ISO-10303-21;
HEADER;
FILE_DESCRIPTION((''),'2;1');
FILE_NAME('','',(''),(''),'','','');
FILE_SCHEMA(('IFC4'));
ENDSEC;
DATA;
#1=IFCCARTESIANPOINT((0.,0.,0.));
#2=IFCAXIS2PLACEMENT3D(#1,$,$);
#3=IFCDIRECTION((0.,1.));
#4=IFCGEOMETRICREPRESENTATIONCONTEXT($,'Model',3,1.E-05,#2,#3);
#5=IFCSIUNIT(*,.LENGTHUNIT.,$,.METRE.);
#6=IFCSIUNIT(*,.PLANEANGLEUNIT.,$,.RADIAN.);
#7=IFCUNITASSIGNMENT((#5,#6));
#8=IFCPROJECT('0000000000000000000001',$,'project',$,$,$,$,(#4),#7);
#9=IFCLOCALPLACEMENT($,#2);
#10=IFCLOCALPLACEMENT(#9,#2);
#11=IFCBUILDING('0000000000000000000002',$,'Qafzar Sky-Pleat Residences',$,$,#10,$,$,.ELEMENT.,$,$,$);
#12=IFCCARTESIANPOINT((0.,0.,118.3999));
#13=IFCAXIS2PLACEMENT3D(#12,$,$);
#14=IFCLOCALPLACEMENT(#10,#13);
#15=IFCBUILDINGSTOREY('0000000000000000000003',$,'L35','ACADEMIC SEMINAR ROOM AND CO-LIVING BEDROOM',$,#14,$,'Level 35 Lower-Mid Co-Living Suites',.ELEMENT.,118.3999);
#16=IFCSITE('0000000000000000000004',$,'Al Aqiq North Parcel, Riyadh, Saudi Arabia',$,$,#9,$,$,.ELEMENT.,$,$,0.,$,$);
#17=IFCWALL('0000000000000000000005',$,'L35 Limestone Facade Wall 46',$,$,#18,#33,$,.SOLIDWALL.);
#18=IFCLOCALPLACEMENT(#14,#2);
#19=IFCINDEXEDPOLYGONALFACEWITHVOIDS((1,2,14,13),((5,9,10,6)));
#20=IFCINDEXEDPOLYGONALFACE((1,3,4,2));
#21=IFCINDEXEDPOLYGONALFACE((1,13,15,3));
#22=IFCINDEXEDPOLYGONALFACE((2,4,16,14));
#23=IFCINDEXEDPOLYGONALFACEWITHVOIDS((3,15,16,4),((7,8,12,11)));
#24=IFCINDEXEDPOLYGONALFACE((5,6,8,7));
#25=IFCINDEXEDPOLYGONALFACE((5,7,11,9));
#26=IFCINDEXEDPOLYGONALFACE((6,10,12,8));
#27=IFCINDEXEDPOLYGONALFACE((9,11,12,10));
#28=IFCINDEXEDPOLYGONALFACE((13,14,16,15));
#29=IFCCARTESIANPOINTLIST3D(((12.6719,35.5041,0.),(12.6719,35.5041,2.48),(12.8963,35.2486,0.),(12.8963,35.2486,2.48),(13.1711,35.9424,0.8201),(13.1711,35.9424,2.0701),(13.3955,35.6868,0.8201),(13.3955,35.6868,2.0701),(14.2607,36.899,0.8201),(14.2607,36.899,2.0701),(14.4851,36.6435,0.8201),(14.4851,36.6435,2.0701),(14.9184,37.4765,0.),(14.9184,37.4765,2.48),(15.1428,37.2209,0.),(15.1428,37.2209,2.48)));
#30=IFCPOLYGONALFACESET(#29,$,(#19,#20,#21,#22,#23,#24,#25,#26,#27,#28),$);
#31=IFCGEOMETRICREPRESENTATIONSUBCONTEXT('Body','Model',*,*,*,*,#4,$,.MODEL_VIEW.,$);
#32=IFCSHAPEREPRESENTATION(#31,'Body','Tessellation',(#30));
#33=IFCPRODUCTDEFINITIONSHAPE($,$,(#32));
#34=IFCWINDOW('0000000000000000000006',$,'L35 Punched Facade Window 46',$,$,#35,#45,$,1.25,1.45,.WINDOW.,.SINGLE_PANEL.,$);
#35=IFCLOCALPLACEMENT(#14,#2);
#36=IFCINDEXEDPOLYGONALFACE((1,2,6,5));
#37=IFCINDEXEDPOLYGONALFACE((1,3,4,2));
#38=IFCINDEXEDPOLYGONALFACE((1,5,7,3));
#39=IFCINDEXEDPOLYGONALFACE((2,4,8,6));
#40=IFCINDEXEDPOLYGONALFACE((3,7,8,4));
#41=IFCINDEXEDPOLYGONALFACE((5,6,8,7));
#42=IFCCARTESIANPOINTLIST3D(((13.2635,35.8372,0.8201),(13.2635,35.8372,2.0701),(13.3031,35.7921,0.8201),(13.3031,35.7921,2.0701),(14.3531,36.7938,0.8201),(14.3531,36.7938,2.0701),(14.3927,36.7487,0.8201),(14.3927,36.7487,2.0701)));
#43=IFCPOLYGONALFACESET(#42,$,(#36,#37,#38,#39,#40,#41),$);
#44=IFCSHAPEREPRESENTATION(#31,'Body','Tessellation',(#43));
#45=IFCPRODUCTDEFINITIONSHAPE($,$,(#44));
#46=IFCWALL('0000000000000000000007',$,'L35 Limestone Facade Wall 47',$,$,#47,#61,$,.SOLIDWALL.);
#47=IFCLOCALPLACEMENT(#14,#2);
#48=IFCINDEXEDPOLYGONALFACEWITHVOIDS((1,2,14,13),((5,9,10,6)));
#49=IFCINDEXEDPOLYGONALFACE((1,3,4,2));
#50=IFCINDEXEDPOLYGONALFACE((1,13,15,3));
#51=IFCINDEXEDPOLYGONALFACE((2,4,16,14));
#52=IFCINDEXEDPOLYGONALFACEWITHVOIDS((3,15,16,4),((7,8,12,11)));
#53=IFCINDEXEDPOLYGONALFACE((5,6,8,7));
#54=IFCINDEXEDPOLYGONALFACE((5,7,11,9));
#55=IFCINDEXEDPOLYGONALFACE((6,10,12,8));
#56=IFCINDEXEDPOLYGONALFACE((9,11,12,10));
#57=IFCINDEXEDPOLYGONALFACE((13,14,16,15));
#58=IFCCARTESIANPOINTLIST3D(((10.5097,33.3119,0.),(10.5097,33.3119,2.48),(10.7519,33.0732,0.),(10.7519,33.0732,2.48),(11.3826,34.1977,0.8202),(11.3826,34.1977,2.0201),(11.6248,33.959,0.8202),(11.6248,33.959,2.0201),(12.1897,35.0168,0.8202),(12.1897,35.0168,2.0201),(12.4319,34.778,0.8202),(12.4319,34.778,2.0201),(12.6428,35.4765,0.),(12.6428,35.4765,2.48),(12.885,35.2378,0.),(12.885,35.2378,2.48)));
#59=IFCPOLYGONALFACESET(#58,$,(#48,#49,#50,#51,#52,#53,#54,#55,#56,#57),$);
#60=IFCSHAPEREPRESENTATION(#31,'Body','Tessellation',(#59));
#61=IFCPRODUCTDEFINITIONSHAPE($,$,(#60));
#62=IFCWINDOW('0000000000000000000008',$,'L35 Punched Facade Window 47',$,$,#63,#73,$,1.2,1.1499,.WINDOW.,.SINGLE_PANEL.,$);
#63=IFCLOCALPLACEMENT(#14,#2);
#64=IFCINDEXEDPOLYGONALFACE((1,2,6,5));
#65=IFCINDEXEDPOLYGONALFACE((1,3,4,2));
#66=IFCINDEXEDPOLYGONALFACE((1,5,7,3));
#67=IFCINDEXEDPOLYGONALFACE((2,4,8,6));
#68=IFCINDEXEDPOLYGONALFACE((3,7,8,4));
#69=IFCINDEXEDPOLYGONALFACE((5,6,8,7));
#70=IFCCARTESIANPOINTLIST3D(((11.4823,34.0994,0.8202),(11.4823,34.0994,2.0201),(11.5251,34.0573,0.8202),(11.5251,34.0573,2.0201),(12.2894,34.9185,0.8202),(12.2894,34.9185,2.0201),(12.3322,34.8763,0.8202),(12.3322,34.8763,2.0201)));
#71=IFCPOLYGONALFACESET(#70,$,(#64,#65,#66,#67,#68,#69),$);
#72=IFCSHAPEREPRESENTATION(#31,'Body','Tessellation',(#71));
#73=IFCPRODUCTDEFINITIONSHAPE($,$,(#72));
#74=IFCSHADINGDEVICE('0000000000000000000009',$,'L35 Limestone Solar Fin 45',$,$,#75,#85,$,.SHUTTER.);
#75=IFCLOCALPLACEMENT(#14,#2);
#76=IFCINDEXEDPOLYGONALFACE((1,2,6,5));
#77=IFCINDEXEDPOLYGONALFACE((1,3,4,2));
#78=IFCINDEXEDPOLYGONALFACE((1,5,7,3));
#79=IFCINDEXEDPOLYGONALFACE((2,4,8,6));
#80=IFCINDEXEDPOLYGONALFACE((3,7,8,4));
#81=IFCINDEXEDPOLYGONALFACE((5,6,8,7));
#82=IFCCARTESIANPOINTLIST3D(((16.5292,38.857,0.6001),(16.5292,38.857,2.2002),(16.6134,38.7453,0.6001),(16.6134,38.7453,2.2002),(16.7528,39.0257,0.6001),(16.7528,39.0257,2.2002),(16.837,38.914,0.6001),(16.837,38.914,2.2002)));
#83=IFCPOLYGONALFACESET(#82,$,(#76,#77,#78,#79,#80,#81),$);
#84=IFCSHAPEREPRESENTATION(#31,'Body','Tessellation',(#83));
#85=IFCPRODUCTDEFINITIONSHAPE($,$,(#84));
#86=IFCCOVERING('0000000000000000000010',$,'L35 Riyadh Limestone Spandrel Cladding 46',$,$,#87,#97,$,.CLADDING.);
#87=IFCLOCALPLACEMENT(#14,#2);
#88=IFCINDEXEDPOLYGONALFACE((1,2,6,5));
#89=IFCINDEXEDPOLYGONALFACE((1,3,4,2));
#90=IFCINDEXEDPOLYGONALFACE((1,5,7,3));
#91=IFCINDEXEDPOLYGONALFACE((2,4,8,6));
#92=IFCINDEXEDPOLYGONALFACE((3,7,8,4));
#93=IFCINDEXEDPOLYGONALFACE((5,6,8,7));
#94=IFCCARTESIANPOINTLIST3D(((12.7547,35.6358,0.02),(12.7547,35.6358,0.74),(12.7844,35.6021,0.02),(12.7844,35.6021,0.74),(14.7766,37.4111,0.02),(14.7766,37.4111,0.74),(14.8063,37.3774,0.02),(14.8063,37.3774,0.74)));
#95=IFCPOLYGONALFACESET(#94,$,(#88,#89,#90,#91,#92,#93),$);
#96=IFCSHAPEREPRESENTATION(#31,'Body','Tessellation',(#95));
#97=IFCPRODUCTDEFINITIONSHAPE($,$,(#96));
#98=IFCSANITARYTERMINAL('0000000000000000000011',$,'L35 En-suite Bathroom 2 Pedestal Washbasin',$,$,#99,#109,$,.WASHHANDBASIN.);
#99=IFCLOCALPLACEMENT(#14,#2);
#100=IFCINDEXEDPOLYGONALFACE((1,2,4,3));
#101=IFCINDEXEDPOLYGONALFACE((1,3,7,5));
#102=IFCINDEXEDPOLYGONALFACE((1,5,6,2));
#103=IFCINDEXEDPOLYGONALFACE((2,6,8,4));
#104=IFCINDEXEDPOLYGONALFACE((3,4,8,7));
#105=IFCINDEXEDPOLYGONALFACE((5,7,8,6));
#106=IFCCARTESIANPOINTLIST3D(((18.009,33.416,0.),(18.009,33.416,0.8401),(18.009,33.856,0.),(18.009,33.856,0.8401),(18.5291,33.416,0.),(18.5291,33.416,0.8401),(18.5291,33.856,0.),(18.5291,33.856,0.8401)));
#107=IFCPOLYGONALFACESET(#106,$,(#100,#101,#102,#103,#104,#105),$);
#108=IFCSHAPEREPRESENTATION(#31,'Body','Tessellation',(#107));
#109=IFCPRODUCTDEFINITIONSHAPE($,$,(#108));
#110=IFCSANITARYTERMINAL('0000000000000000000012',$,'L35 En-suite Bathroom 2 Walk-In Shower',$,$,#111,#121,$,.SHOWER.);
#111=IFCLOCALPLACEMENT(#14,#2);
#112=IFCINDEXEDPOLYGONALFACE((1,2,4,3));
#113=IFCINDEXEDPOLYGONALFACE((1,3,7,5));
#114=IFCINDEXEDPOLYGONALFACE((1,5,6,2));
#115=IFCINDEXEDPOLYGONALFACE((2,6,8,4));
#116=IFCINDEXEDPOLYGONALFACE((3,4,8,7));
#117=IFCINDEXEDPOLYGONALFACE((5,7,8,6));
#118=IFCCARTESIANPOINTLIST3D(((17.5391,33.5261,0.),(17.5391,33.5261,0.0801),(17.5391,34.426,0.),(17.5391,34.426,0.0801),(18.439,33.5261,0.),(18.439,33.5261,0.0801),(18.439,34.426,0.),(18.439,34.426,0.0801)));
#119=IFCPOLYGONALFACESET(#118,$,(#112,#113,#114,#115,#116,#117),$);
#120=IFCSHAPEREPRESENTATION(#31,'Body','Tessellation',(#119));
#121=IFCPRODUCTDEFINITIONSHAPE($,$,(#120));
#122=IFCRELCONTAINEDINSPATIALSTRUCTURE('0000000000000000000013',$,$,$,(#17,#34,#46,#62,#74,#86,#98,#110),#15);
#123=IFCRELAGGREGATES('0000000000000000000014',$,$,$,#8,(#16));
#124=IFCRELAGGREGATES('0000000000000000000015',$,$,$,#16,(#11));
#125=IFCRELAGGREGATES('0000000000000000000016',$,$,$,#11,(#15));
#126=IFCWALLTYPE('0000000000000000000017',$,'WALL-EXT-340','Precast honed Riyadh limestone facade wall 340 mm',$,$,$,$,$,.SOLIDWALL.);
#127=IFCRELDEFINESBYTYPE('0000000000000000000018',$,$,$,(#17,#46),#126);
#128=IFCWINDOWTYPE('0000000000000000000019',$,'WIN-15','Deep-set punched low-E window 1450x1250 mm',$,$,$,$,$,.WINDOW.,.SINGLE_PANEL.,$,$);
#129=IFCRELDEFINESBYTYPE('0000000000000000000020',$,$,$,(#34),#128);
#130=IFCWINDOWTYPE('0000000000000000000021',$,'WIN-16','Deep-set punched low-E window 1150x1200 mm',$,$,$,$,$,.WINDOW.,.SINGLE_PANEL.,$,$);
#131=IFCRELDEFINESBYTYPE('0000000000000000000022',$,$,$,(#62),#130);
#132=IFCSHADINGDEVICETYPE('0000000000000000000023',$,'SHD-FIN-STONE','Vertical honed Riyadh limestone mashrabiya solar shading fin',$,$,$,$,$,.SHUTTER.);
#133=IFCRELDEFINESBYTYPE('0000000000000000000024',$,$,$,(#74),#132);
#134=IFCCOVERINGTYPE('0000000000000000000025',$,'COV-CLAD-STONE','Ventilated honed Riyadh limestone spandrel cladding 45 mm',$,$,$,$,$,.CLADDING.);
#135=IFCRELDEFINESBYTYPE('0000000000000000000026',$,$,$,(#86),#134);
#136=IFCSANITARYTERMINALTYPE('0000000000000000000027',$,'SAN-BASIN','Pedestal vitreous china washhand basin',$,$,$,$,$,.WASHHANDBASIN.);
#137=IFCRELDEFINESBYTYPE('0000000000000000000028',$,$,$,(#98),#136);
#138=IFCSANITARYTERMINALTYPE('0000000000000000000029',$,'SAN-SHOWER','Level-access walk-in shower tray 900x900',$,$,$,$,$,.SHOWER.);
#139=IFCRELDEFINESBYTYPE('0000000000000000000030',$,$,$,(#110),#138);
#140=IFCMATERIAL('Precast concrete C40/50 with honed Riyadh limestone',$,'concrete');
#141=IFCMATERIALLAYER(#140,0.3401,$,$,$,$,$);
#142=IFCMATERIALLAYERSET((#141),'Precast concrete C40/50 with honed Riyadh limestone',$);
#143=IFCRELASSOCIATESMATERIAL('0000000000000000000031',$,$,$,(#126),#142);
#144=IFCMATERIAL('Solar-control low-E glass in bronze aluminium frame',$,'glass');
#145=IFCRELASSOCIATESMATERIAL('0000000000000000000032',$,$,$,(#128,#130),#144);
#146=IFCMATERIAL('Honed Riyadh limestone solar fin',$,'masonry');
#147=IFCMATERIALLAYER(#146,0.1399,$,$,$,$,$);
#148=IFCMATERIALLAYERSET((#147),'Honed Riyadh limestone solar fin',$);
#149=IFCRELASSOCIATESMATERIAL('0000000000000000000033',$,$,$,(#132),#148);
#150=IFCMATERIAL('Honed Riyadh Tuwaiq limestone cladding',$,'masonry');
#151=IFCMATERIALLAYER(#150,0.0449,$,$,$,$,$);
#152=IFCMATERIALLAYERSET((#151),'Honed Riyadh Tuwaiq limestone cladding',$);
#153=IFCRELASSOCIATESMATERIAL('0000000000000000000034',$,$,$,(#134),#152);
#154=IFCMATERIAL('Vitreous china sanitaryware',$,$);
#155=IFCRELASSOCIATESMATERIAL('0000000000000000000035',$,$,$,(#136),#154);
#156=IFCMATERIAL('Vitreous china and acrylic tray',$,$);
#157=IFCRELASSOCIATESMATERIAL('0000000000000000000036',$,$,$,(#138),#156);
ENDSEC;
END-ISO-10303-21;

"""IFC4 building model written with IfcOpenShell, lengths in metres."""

from ifc_helpers import new_model, si_unit, direction, frame, frame_2d, origin, origin_2d, place, context, subcontext, project, spatial, rectangle, extrude, source, transform, mapped, material, layer, layer_set, type_object, element, fill, save


model = new_model("IFC4")

# Units and contexts
model_context = context("Model", 3, precision=1e-05, world=origin(), true_north=direction((0.0, 1.0)))
body_context = subcontext(model_context, "Body", "Model", "MODEL_VIEW")
ifc_project = project(units=[si_unit("LENGTHUNIT", "METRE"), si_unit("PLANEANGLEUNIT", "RADIAN")], contexts=[model_context])

# Site, building, storey
site_placement = place(None, origin())
site = spatial("IfcSite", under=ifc_project, at=site_placement, Name="Al Aqiq North Parcel, Riyadh, Saudi Arabia", CompositionType="ELEMENT", RefElevation=0.0)
building_placement = place(site_placement, origin())
building = spatial("IfcBuilding", under=site, at=building_placement, Name="Qafzar Sky-Pleat Residences", CompositionType="ELEMENT")
storey_placement = place(building_placement, frame((0.0, 0.0, 118.3999)))
storey = spatial("IfcBuildingStorey", under=building, at=storey_placement, Name="L35", Description="ACADEMIC SEMINAR ROOM AND CO-LIVING BEDROOM", LongName="Level 35 Lower-Mid Co-Living Suites", CompositionType="ELEMENT", Elevation=118.3999)

# Walls, openings, windows
ifc_material_1 = material(Name="Precast concrete C40/50 with honed Riyadh limestone", Category="concrete")
ifc_layer_1 = layer(ifc_material_1, 0.3401)
ifc_layer_set_1 = layer_set([ifc_layer_1], Name="Precast concrete C40/50 with honed Riyadh limestone")
wall_type_1 = type_object("IfcWallType", Name="WALL-EXT-340", Description="Precast honed Riyadh limestone facade wall 340 mm", PredefinedType="SOLIDWALL", material=ifc_layer_set_1)
ifc_material_2 = material(Name="Solar-control low-E glass in bronze aluminium frame", Category="glass")
wall_1_placement = place(storey_placement, frame((15.0305, 37.3486, 0.0), z_axis=(0.0, 0.0, 1.0), x_axis=(-0.751473, -0.659764, 0.0)))
wall_1 = element("IfcWall", 1, at=wall_1_placement, inside=storey, type_object=wall_type_1, Name="L35 Limestone Facade Wall 46", PredefinedType="SOLIDWALL", context=body_context, shape_type="SweptSolid", body=[
    extrude(rectangle(XDim=2.9895, YDim=0.3401, at=frame_2d((1.4946, 0.0))), origin(), (0.0, 0.0, 1.0), 2.48),
])
opening_1_placement = place(wall_1_placement, frame((0.875, 0.0, 0.8201)))
opening_1 = element("IfcOpeningElement", 2, at=opening_1_placement, cuts=wall_1, PredefinedType="OPENING", context=body_context, shape_type="SweptSolid", body=[
    extrude(rectangle(XDim=1.45, YDim=1.25, at=frame_2d((0.7251, 0.625))), frame((0.0, 0.1802, 0.0), z_axis=(0.0, -1.0, 0.0), x_axis=(1.0, 0.0, 0.0)), (0.0, 0.0, 1.0), 0.3601),
])
window_type_1 = type_object("IfcWindowType", Name="WIN-15", Description="Deep-set punched low-E window 1450x1250 mm", PartitioningType="SINGLE_PANEL", PredefinedType="WINDOW", material=ifc_material_2)
shared_shape_1 = source(origin(), body_context, "Body", "SweptSolid", [
    extrude(rectangle(XDim=1.45, YDim=1.25, at=frame_2d((0.7251, 0.625))), frame((0.0, 0.03, 0.0), z_axis=(0.0, -1.0, 0.0), x_axis=(1.0, 0.0, 0.0)), (0.0, 0.0, 1.0), 0.0601),
])
window_1_placement = place(opening_1_placement, origin())
window_1 = element("IfcWindow", 3, at=window_1_placement, inside=storey, type_object=window_type_1, Name="L35 Punched Facade Window 46", OverallHeight=1.25, OverallWidth=1.45, PartitioningType="SINGLE_PANEL", PredefinedType="WINDOW", context=body_context, shape_type="MappedRepresentation", body=[
    mapped(shared_shape_1, transform((0.0, 0.0, 0.0), x_axis=(1.0, 0.0, 0.0), y_axis=(0.0, 1.0, 0.0), z_axis=(0.0, 0.0, 1.0), scale=1.0)),
])
fill(opening_1, window_1)
wall_2_placement = place(storey_placement, frame((12.7639, 35.3572, 0.0), z_axis=(0.0, 0.0, 1.0), x_axis=(-0.701906, -0.71227, 0.0)))
wall_2 = element("IfcWall", 4, at=wall_2_placement, inside=storey, type_object=wall_type_1, Name="L35 Limestone Facade Wall 47", PredefinedType="SOLIDWALL", context=body_context, shape_type="SweptSolid", body=[
    extrude(rectangle(XDim=3.0391, YDim=0.3401, at=frame_2d((1.5195, 0.0))), origin(), (0.0, 0.0, 1.0), 2.48),
])
opening_2_placement = place(wall_2_placement, frame((0.6455, 0.0, 0.8201)))
opening_2 = element("IfcOpeningElement", 5, at=opening_2_placement, cuts=wall_2, PredefinedType="OPENING", context=body_context, shape_type="SweptSolid", body=[
    extrude(rectangle(XDim=1.1499, YDim=1.2, at=frame_2d((0.575, 0.6001))), frame((0.0, 0.1802, 0.0), z_axis=(0.0, -1.0, 0.0), x_axis=(1.0, 0.0, 0.0)), (0.0, 0.0, 1.0), 0.3601),
])
window_type_2 = type_object("IfcWindowType", Name="WIN-16", Description="Deep-set punched low-E window 1150x1200 mm", PartitioningType="SINGLE_PANEL", PredefinedType="WINDOW", material=ifc_material_2)
shared_shape_2 = source(origin(), body_context, "Body", "SweptSolid", [
    extrude(rectangle(XDim=1.1499, YDim=1.2, at=frame_2d((0.575, 0.6001))), frame((0.0, 0.03, 0.0), z_axis=(0.0, -1.0, 0.0), x_axis=(1.0, 0.0, 0.0)), (0.0, 0.0, 1.0), 0.0601),
])
window_2_placement = place(opening_2_placement, origin())
window_2 = element("IfcWindow", 6, at=window_2_placement, inside=storey, type_object=window_type_2, Name="L35 Punched Facade Window 47", OverallHeight=1.2, OverallWidth=1.1499, PartitioningType="SINGLE_PANEL", PredefinedType="WINDOW", context=body_context, shape_type="MappedRepresentation", body=[
    mapped(shared_shape_2, transform((0.0, 0.0, 0.0), x_axis=(1.0, 0.0, 0.0), y_axis=(0.0, 1.0, 0.0), z_axis=(0.0, 0.0, 1.0), scale=1.0)),
])
fill(opening_2, window_2)

# Shading device
ifc_material_3 = material(Name="Honed Riyadh limestone solar fin", Category="masonry")
ifc_layer_2 = layer(ifc_material_3, 0.1399)
ifc_layer_set_2 = layer_set([ifc_layer_2], Name="Honed Riyadh limestone solar fin")
shading_device_type = type_object("IfcShadingDeviceType", Name="SHD-FIN-STONE", Description="Vertical honed Riyadh limestone mashrabiya solar shading fin", PredefinedType="SHUTTER", material=ifc_layer_set_2)
shared_shape_3 = source(origin(), body_context, "Body", "SweptSolid", [
    extrude(rectangle(XDim=0.1399, YDim=0.28, at=origin_2d()), origin(), (0.0, 0.0, 1.0), 1.6001),
])
shading_device_placement = place(storey_placement, frame((16.6831, 38.8855, 0.6001), z_axis=(0.0, 0.0, 1.0), x_axis=(-0.602208, 0.798339, 0.0)))
element("IfcShadingDevice", 7, at=shading_device_placement, inside=storey, type_object=shading_device_type, Name="L35 Limestone Solar Fin 45", PredefinedType="SHUTTER", context=body_context, shape_type="MappedRepresentation", body=[
    mapped(shared_shape_3, transform((0.0, 0.0, 0.0), x_axis=(1.0, 0.0, 0.0), y_axis=(0.0, 1.0, 0.0), z_axis=(0.0, 0.0, 1.0), scale=1.0)),
])

# Covering
ifc_material_4 = material(Name="Honed Riyadh Tuwaiq limestone cladding", Category="masonry")
ifc_layer_3 = layer(ifc_material_4, 0.0449)
ifc_layer_set_3 = layer_set([ifc_layer_3], Name="Honed Riyadh Tuwaiq limestone cladding")
covering_type = type_object("IfcCoveringType", Name="COV-CLAD-STONE", Description="Ventilated honed Riyadh limestone spandrel cladding 45 mm", PredefinedType="CLADDING", material=ifc_layer_set_3)
shared_shape_4 = source(origin(), body_context, "Body", "SweptSolid", [
    extrude(rectangle(XDim=2.6907, YDim=0.0449, at=origin_2d()), origin(), (0.0, 0.0, 1.0), 0.72),
])
covering_placement = place(storey_placement, frame((13.7805, 36.5066, 0.02), z_axis=(0.0, 0.0, 1.0), x_axis=(-0.751446, -0.659794, 0.0)))
element("IfcCovering", 8, at=covering_placement, inside=storey, type_object=covering_type, Name="L35 Riyadh Limestone Spandrel Cladding 46", PredefinedType="CLADDING", context=body_context, shape_type="MappedRepresentation", body=[
    mapped(shared_shape_4, transform((0.0, 0.0, 0.0), x_axis=(1.0, 0.0, 0.0), y_axis=(0.0, 1.0, 0.0), z_axis=(0.0, 0.0, 1.0), scale=1.0)),
])

# Sanitary terminals
ifc_material_5 = material(Name="Vitreous china sanitaryware")
sanitary_terminal_type_1 = type_object("IfcSanitaryTerminalType", Name="SAN-BASIN", Description="Pedestal vitreous china washhand basin", PredefinedType="WASHHANDBASIN", material=ifc_material_5)
shared_shape_5 = source(origin(), body_context, "Body", "SweptSolid", [
    extrude(rectangle(XDim=0.52, YDim=0.4399, at=origin_2d()), origin(), (0.0, 0.0, 1.0), 0.8401),
])
sanitary_terminal_1_placement = place(storey_placement, frame((18.269, 33.636, 0.0), z_axis=(0.0, 0.0, 1.0), x_axis=(1.0, 0.0, 0.0)))
element("IfcSanitaryTerminal", 9, at=sanitary_terminal_1_placement, inside=storey, type_object=sanitary_terminal_type_1, Name="L35 En-suite Bathroom 2 Pedestal Washbasin", PredefinedType="WASHHANDBASIN", context=body_context, shape_type="MappedRepresentation", body=[
    mapped(shared_shape_5, transform((0.0, 0.0, 0.0), x_axis=(1.0, 0.0, 0.0), y_axis=(0.0, 1.0, 0.0), z_axis=(0.0, 0.0, 1.0), scale=1.0)),
])
ifc_material_6 = material(Name="Vitreous china and acrylic tray")
sanitary_terminal_type_2 = type_object("IfcSanitaryTerminalType", Name="SAN-SHOWER", Description="Level-access walk-in shower tray 900x900", PredefinedType="SHOWER", material=ifc_material_6)
shared_shape_6 = source(origin(), body_context, "Body", "SweptSolid", [
    extrude(rectangle(XDim=0.8999, YDim=0.8999, at=origin_2d()), origin(), (0.0, 0.0, 1.0), 0.0801),
])
sanitary_terminal_2_placement = place(storey_placement, frame((17.989, 33.9761, 0.0), z_axis=(0.0, 0.0, 1.0), x_axis=(1.0, 0.0, 0.0)))
element("IfcSanitaryTerminal", 10, at=sanitary_terminal_2_placement, inside=storey, type_object=sanitary_terminal_type_2, Name="L35 En-suite Bathroom 2 Walk-In Shower", PredefinedType="SHOWER", context=body_context, shape_type="MappedRepresentation", body=[
    mapped(shared_shape_6, transform((0.0, 0.0, 0.0), x_axis=(1.0, 0.0, 0.0), y_axis=(0.0, 1.0, 0.0), z_axis=(0.0, 0.0, 1.0), scale=1.0)),
])

save(model, "model.ifc")
